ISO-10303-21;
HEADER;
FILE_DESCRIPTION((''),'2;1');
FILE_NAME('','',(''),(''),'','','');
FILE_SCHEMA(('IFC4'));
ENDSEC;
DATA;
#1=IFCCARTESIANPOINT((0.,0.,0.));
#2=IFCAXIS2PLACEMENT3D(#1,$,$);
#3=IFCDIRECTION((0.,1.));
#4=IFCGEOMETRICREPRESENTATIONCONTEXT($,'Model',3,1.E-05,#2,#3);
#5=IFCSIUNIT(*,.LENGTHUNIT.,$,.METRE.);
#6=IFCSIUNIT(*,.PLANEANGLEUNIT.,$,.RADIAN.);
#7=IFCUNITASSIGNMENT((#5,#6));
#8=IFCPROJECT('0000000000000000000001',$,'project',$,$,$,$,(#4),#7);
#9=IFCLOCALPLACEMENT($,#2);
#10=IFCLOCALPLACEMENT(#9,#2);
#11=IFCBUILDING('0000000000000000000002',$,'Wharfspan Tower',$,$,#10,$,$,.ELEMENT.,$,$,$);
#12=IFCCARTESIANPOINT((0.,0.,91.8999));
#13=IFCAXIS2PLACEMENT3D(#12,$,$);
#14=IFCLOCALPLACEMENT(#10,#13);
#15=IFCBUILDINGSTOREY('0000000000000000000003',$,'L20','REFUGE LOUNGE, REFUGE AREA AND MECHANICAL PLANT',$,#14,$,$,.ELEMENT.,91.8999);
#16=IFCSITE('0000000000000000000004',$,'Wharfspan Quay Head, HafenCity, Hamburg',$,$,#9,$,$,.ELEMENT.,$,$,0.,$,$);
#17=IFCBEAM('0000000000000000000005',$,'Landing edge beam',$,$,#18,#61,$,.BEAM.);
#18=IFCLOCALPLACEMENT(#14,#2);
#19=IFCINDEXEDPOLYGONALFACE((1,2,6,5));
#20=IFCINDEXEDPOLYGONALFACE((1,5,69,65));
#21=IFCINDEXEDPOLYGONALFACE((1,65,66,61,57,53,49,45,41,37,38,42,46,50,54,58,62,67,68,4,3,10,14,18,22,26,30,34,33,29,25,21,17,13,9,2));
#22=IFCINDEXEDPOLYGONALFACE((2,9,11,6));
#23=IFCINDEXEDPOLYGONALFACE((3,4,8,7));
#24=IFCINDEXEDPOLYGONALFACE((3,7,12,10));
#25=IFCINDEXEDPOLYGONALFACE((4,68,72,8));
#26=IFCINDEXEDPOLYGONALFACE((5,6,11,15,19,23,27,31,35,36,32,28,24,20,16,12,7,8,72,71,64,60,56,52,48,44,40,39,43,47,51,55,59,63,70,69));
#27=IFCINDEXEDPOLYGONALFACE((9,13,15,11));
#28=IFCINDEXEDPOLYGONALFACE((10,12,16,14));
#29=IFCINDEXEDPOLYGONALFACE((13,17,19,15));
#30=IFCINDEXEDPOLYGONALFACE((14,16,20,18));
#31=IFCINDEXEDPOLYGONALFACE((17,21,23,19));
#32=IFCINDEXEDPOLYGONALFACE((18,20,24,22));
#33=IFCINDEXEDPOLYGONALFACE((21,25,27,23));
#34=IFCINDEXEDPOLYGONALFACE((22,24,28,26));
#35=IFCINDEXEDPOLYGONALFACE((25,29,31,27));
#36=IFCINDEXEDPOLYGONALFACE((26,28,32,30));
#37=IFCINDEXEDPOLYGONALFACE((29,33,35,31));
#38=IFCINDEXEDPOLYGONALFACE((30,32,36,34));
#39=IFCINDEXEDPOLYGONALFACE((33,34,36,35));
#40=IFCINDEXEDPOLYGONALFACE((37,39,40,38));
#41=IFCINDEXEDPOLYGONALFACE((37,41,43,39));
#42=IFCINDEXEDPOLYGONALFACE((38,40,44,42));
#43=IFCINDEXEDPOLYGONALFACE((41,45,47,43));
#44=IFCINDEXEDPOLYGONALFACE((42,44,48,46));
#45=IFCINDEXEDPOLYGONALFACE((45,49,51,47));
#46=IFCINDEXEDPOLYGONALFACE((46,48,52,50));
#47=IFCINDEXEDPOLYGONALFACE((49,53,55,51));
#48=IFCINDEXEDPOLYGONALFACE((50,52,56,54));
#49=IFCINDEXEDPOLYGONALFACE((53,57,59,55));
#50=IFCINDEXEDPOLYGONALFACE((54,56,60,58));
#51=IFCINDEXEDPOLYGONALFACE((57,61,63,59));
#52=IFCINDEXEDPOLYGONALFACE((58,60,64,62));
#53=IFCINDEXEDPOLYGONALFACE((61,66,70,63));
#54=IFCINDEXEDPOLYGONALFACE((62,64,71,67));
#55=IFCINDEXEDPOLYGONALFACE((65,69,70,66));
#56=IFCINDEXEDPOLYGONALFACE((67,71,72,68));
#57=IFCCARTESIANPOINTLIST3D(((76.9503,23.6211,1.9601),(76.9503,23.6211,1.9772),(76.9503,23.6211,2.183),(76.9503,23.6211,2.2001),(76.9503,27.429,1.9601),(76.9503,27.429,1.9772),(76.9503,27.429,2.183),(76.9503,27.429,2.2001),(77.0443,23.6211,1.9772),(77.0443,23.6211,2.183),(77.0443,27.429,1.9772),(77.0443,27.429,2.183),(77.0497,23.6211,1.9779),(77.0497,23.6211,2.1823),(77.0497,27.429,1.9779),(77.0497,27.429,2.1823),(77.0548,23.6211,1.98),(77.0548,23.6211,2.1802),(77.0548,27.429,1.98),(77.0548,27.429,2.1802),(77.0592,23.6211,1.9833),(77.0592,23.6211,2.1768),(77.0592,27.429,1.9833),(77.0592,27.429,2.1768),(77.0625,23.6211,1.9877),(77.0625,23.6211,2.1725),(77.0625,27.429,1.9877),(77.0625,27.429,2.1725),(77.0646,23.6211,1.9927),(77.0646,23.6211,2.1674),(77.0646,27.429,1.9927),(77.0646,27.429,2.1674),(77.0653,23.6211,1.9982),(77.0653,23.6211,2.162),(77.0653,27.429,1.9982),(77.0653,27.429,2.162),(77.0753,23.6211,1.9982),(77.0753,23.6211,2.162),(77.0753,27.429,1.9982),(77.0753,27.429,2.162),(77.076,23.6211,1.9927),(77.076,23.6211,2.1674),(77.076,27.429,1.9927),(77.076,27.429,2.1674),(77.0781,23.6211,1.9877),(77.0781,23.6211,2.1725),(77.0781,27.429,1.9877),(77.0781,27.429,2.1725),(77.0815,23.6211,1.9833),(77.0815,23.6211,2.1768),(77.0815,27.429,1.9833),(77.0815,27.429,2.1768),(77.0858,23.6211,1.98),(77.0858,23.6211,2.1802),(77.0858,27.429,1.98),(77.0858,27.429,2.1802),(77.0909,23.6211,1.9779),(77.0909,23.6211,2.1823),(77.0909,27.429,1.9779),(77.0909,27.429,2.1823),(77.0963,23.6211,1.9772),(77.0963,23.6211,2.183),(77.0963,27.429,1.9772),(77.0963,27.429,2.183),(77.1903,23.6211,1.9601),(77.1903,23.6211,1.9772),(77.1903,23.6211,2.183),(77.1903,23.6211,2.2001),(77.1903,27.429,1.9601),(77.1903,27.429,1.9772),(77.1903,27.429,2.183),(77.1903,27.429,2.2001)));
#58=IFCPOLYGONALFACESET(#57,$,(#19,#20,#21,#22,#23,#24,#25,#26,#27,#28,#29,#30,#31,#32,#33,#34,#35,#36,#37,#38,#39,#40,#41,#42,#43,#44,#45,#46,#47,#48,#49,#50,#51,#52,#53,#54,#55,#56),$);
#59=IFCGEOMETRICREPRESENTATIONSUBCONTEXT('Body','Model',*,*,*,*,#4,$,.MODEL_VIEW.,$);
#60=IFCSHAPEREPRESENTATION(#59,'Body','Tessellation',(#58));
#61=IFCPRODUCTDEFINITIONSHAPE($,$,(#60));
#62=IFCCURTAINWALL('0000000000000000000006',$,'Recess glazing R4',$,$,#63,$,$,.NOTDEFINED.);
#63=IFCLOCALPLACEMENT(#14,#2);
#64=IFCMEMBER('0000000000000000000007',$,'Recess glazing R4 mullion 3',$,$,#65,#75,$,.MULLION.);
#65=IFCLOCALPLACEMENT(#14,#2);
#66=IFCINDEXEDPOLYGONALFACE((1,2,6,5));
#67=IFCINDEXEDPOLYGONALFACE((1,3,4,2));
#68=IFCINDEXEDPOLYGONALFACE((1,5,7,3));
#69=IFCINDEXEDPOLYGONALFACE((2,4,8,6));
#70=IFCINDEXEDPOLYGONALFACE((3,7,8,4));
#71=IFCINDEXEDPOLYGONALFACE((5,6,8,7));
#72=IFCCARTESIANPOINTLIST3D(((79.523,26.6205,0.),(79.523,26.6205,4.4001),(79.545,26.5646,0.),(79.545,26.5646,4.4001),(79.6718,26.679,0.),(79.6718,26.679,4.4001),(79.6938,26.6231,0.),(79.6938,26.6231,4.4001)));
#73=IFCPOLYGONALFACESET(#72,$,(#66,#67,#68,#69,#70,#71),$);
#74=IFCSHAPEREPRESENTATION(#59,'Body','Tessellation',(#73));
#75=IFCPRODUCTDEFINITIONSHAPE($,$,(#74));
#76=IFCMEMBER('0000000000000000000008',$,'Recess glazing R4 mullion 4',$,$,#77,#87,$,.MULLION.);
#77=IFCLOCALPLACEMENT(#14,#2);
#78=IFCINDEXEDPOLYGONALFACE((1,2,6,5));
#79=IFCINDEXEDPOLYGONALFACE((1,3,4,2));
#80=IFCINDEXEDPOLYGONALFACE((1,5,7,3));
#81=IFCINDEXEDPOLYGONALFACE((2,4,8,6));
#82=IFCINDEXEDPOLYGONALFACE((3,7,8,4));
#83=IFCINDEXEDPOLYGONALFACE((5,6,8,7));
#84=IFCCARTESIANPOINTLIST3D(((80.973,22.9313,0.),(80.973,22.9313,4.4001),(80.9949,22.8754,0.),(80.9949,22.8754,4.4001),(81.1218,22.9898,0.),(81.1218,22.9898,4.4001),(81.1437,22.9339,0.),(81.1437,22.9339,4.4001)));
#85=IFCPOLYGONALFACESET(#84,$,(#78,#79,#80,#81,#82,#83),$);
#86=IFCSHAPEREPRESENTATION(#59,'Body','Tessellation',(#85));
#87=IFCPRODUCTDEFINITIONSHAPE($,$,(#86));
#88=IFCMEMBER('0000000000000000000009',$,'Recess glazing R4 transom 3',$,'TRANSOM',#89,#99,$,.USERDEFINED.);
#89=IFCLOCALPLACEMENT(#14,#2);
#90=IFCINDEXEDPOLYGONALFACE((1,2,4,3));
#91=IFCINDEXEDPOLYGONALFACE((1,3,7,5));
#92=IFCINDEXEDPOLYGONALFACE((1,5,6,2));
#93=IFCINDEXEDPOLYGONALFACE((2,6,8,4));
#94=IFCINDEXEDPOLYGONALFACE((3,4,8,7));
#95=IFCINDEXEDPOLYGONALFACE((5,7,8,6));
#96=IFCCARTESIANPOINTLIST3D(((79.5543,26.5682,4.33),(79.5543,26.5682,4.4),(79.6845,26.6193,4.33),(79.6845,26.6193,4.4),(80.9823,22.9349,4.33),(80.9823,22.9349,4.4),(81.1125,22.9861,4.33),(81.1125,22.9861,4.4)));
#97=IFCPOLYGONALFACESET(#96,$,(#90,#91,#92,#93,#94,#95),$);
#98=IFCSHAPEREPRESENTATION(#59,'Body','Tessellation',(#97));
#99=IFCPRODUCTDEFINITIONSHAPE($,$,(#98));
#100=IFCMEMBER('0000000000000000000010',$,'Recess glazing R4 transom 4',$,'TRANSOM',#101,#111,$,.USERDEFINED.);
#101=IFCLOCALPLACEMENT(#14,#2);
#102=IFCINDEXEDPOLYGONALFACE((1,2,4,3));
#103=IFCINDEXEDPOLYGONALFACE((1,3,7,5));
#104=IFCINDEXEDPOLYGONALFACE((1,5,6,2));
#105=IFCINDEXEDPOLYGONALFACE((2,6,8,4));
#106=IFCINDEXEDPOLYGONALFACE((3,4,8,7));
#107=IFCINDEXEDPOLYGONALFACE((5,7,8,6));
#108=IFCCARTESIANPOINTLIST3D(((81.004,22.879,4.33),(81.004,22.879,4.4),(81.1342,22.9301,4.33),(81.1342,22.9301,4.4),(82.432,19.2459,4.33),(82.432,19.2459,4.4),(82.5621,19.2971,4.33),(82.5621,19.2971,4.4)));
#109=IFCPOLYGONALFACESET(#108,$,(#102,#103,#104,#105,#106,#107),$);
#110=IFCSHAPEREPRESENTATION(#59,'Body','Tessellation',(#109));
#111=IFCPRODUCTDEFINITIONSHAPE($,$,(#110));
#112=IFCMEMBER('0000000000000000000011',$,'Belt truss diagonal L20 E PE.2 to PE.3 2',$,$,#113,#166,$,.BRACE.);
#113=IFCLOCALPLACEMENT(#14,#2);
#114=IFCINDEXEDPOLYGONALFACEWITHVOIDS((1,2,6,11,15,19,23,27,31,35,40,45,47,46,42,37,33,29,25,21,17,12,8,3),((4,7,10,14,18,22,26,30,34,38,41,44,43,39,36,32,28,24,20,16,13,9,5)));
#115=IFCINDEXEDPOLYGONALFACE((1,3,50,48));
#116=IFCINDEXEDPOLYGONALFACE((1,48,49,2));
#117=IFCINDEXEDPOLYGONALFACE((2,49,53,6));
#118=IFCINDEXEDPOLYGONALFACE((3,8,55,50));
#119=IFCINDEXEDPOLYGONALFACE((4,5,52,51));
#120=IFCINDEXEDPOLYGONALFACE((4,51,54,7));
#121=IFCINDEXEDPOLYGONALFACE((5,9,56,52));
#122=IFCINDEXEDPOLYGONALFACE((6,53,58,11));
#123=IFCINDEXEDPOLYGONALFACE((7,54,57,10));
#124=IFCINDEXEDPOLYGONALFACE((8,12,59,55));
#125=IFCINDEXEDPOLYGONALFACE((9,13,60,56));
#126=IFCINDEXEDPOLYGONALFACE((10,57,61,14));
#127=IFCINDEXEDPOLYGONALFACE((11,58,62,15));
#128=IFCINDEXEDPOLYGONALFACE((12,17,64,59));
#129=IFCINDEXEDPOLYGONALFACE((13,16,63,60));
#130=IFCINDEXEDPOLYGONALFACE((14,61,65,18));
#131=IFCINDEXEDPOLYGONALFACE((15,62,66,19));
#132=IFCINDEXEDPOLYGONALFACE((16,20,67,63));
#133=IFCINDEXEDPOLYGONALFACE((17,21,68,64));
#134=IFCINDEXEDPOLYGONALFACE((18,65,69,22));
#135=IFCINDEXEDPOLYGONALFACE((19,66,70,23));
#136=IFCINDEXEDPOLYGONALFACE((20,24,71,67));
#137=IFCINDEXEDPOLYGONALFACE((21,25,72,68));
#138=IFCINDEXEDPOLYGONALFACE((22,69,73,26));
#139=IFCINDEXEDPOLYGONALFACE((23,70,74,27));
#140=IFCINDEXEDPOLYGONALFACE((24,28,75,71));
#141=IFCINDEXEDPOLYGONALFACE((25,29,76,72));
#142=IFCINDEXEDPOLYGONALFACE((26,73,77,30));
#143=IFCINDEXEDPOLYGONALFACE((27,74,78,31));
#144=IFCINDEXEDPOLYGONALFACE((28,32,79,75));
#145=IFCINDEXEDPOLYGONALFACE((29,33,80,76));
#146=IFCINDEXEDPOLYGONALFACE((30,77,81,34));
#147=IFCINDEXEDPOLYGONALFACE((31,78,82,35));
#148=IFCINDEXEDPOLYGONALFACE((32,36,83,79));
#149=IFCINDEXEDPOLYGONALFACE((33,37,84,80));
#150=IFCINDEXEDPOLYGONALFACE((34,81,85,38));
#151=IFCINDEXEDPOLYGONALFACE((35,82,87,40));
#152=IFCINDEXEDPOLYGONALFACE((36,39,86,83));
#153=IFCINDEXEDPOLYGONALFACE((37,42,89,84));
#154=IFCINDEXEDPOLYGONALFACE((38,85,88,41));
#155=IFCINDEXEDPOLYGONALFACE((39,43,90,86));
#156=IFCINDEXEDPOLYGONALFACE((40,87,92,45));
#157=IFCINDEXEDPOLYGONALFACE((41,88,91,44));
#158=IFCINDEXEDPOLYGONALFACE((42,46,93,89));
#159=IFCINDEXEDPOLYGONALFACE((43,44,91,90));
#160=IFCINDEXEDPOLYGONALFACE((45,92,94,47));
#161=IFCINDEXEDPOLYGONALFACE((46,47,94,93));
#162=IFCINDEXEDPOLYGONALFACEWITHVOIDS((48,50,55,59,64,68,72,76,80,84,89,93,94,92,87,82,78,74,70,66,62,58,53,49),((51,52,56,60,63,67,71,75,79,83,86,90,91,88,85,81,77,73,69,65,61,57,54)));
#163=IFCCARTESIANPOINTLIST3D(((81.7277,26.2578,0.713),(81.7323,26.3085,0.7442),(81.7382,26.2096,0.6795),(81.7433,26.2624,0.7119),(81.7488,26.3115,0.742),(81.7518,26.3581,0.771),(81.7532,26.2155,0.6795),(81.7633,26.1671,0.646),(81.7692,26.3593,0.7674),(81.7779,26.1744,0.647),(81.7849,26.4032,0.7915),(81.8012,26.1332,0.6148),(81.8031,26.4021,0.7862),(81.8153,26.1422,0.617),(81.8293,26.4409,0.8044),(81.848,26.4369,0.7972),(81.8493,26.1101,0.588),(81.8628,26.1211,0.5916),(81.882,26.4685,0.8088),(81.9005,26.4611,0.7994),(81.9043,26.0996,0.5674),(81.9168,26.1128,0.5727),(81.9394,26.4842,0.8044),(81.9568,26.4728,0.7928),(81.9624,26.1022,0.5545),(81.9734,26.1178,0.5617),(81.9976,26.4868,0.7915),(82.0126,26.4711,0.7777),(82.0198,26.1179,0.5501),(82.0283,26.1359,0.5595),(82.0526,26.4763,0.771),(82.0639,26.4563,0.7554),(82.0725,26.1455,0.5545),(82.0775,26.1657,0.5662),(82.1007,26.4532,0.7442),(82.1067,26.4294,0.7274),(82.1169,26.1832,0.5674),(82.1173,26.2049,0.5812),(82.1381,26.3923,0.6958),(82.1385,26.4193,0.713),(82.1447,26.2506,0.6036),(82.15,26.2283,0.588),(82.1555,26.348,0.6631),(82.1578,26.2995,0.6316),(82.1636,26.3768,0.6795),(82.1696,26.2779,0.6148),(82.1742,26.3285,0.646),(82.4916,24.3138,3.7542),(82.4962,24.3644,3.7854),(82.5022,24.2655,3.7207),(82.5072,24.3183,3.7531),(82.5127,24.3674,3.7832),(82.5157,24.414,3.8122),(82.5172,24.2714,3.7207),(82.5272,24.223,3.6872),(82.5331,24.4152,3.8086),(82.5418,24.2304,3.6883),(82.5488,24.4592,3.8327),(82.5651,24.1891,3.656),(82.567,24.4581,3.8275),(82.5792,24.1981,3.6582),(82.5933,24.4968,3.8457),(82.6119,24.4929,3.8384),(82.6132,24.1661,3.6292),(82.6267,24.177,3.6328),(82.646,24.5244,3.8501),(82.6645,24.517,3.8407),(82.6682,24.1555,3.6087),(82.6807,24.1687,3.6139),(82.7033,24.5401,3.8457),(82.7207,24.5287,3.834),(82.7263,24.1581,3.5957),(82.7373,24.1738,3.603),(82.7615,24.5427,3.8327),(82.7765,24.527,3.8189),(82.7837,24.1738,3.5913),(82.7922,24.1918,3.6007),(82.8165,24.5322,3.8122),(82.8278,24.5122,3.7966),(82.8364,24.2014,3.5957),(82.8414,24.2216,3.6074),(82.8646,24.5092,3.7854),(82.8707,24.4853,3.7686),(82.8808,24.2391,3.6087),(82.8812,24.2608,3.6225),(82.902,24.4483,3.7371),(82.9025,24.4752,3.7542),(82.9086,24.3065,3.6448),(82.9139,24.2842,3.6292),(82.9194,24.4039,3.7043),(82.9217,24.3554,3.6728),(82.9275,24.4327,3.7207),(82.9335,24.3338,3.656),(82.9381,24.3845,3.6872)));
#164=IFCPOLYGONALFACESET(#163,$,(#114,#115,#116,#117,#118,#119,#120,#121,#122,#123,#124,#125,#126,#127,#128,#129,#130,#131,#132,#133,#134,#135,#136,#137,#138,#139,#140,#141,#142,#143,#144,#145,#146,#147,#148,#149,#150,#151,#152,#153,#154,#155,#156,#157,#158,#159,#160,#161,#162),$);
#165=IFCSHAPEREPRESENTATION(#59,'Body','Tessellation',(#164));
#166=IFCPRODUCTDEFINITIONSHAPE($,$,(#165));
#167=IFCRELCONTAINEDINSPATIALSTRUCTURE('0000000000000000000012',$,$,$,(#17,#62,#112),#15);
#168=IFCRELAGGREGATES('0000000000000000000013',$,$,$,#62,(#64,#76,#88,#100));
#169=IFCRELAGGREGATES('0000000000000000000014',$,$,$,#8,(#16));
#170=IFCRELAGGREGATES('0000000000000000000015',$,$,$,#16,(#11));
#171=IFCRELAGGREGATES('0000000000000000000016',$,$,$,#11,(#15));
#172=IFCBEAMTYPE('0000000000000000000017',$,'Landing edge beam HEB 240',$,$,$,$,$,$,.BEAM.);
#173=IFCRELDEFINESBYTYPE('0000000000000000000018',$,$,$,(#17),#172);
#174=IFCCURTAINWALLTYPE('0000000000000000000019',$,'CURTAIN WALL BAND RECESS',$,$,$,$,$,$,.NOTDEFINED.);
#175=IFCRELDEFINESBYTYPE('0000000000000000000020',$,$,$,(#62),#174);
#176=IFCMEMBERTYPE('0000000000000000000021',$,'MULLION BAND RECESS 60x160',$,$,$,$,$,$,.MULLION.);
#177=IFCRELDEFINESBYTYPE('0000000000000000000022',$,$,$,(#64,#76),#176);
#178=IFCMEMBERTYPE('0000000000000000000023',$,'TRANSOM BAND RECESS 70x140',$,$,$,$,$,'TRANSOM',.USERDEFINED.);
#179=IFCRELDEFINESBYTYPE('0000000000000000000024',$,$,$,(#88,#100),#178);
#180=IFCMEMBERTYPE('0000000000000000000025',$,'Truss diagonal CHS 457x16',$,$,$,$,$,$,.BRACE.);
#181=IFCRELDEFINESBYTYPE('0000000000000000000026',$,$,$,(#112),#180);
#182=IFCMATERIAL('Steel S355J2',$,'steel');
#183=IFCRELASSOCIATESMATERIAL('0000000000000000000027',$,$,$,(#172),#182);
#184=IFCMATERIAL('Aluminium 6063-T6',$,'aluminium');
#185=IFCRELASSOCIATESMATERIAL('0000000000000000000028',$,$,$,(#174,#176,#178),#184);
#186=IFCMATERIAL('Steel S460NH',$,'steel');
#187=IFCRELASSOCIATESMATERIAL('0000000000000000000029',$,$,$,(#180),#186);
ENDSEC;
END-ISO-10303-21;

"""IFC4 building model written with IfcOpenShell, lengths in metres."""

from ifc_helpers import new_model, si_unit, direction, frame, origin, origin_2d, place, context, subcontext, project, spatial, rectangle, hollow_circle, i_section, extrude, material, material_profile, profile_set, type_object, element, aggregate, save


model = new_model("IFC4")

# Units and contexts
model_context = context("Model", 3, precision=1e-05, world=origin(), true_north=direction((0.0, 1.0)))
body_context = subcontext(model_context, "Body", "Model", "MODEL_VIEW")
ifc_project = project(units=[si_unit("LENGTHUNIT", "METRE"), si_unit("PLANEANGLEUNIT", "RADIAN")], contexts=[model_context])

# Site, building, storey
site_placement = place(None, origin())
site = spatial("IfcSite", under=ifc_project, at=site_placement, Name="Wharfspan Quay Head, HafenCity, Hamburg", CompositionType="ELEMENT", RefElevation=0.0)
building_placement = place(site_placement, origin())
building = spatial("IfcBuilding", under=site, at=building_placement, Name="Wharfspan Tower", CompositionType="ELEMENT")
storey_placement = place(building_placement, frame((0.0, 0.0, 91.8999)))
storey = spatial("IfcBuildingStorey", under=building, at=storey_placement, Name="L20", Description="REFUGE LOUNGE, REFUGE AREA AND MECHANICAL PLANT", CompositionType="ELEMENT", Elevation=91.8999)

# Beam
ifc_material_1 = material(Name="Steel S355J2", Category="steel")
ifc_material_profile_1 = material_profile(ifc_material_1, i_section(OverallWidth=0.24, OverallDepth=0.24, WebThickness=0.01, FlangeThickness=0.0171, FilletRadius=0.021, at=origin_2d()))
ifc_profile_set_1 = profile_set([ifc_material_profile_1], Name="Steel S355J2")
beam_type = type_object("IfcBeamType", Name="Landing edge beam HEB 240", PredefinedType="BEAM", material=ifc_profile_set_1)
beam_placement = place(storey_placement, frame((77.0703, 23.6211, 2.0801), z_axis=(0.0, 1.0, 0.0), x_axis=(-1.0, 0.0, 0.0)))
element("IfcBeam", 1, at=beam_placement, inside=storey, type_object=beam_type, Name="Landing edge beam", PredefinedType="BEAM", context=body_context, shape_type="SweptSolid", body=[
    extrude(i_section(OverallWidth=0.24, OverallDepth=0.24, WebThickness=0.01, FlangeThickness=0.0171, FilletRadius=0.021, at=origin_2d()), origin(), (0.0, 0.0, 1.0), 3.8079),
])

# Curtain wall, members
ifc_material_2 = material(Name="Aluminium 6063-T6", Category="aluminium")
curtain_wall_type = type_object("IfcCurtainWallType", Name="CURTAIN WALL BAND RECESS", PredefinedType="NOTDEFINED", material=ifc_material_2)
curtain_wall_placement = place(storey_placement, origin())
curtain_wall = element("IfcCurtainWall", 2, at=curtain_wall_placement, inside=storey, type_object=curtain_wall_type, Name="Recess glazing R4", PredefinedType="NOTDEFINED")
ifc_material_profile_2 = material_profile(ifc_material_2, rectangle(XDim=0.1599, YDim=0.0601, at=origin_2d()))
ifc_profile_set_2 = profile_set([ifc_material_profile_2], Name="Aluminium 6063-T6")
member_type_1 = type_object("IfcMemberType", Name="MULLION BAND RECESS 60x160", PredefinedType="MULLION", material=ifc_profile_set_2)
member_1_placement = place(storey_placement, frame((79.6084, 26.6218, 0.0), z_axis=(0.0, 0.0, 1.0), x_axis=(0.930702, 0.365778, 0.0)))
member_1 = element("IfcMember", 3, at=member_1_placement, type_object=member_type_1, Name="Recess glazing R4 mullion 3", PredefinedType="MULLION", context=body_context, shape_type="SweptSolid", body=[
    extrude(rectangle(XDim=0.1599, YDim=0.0601, at=origin_2d()), origin(), (0.0, 0.0, 1.0), 4.4001),
])
member_2_placement = place(storey_placement, frame((81.0584, 22.9326, 0.0), z_axis=(0.0, 0.0, 1.0), x_axis=(0.930702, 0.365778, 0.0)))
member_2 = element("IfcMember", 4, at=member_2_placement, type_object=member_type_1, Name="Recess glazing R4 mullion 4", PredefinedType="MULLION", context=body_context, shape_type="SweptSolid", body=[
    extrude(rectangle(XDim=0.1599, YDim=0.0601, at=origin_2d()), origin(), (0.0, 0.0, 1.0), 4.4001),
])
ifc_material_profile_3 = material_profile(ifc_material_2, rectangle(XDim=0.1399, YDim=0.0701, at=origin_2d()))
ifc_profile_set_3 = profile_set([ifc_material_profile_3], Name="Aluminium 6063-T6")
member_type_2 = type_object("IfcMemberType", Name="TRANSOM BAND RECESS 70x140", ElementType="TRANSOM", PredefinedType="USERDEFINED", material=ifc_profile_set_3)
member_3_placement = place(storey_placement, frame((79.6194, 26.5938, 4.365), z_axis=(0.365788, -0.930698, 0.0), x_axis=(0.930698, 0.365788, 0.0)))
member_3 = element("IfcMember", 5, at=member_3_placement, type_object=member_type_2, Name="Recess glazing R4 transom 3", ObjectType="TRANSOM", PredefinedType="USERDEFINED", context=body_context, shape_type="SweptSolid", body=[
    extrude(rectangle(XDim=0.1399, YDim=0.0701, at=origin_2d()), origin(), (0.0, 0.0, 1.0), 3.9038),
])
member_4_placement = place(storey_placement, frame((81.0691, 22.9045, 4.365), z_axis=(0.365809, -0.93069, 0.0), x_axis=(0.93069, 0.365809, 0.0)))
member_4 = element("IfcMember", 6, at=member_4_placement, type_object=member_type_2, Name="Recess glazing R4 transom 4", ObjectType="TRANSOM", PredefinedType="USERDEFINED", context=body_context, shape_type="SweptSolid", body=[
    extrude(rectangle(XDim=0.1399, YDim=0.0701, at=origin_2d()), origin(), (0.0, 0.0, 1.0), 3.9036),
])

# Member
ifc_material_3 = material(Name="Steel S460NH", Category="steel")
ifc_material_profile_4 = material_profile(ifc_material_3, hollow_circle(Radius=0.2285, WallThickness=0.0161, at=origin_2d()))
ifc_profile_set_4 = profile_set([ifc_material_profile_4], Name="Steel S460NH")
member_type_3 = type_object("IfcMemberType", Name="Truss diagonal CHS 457x16", PredefinedType="BRACE", material=ifc_profile_set_4)
for number, where, z_axis, x_axis, name in (
    (7, (82.7148, 24.3491, 3.7207), (-0.207052, 0.526927, -0.824304), (-0.930728, -0.365721, 0.000001), "Belt truss diagonal L20 E PE.2 to PE.3 2"),
):
    element("IfcMember", number, at=place(storey_placement, frame(where, z_axis=z_axis, x_axis=x_axis)), inside=storey, type_object=member_type_3, Name=name, PredefinedType="BRACE", context=body_context, shape_type="SweptSolid", body=[
        extrude(hollow_circle(Radius=0.2285, WallThickness=0.0161, at=origin_2d()), origin(), (0.0, 0.0, 1.0), 3.6895),
    ])

aggregate(curtain_wall, [member_1, member_2, member_3, member_4])

save(model, "model.ifc")
